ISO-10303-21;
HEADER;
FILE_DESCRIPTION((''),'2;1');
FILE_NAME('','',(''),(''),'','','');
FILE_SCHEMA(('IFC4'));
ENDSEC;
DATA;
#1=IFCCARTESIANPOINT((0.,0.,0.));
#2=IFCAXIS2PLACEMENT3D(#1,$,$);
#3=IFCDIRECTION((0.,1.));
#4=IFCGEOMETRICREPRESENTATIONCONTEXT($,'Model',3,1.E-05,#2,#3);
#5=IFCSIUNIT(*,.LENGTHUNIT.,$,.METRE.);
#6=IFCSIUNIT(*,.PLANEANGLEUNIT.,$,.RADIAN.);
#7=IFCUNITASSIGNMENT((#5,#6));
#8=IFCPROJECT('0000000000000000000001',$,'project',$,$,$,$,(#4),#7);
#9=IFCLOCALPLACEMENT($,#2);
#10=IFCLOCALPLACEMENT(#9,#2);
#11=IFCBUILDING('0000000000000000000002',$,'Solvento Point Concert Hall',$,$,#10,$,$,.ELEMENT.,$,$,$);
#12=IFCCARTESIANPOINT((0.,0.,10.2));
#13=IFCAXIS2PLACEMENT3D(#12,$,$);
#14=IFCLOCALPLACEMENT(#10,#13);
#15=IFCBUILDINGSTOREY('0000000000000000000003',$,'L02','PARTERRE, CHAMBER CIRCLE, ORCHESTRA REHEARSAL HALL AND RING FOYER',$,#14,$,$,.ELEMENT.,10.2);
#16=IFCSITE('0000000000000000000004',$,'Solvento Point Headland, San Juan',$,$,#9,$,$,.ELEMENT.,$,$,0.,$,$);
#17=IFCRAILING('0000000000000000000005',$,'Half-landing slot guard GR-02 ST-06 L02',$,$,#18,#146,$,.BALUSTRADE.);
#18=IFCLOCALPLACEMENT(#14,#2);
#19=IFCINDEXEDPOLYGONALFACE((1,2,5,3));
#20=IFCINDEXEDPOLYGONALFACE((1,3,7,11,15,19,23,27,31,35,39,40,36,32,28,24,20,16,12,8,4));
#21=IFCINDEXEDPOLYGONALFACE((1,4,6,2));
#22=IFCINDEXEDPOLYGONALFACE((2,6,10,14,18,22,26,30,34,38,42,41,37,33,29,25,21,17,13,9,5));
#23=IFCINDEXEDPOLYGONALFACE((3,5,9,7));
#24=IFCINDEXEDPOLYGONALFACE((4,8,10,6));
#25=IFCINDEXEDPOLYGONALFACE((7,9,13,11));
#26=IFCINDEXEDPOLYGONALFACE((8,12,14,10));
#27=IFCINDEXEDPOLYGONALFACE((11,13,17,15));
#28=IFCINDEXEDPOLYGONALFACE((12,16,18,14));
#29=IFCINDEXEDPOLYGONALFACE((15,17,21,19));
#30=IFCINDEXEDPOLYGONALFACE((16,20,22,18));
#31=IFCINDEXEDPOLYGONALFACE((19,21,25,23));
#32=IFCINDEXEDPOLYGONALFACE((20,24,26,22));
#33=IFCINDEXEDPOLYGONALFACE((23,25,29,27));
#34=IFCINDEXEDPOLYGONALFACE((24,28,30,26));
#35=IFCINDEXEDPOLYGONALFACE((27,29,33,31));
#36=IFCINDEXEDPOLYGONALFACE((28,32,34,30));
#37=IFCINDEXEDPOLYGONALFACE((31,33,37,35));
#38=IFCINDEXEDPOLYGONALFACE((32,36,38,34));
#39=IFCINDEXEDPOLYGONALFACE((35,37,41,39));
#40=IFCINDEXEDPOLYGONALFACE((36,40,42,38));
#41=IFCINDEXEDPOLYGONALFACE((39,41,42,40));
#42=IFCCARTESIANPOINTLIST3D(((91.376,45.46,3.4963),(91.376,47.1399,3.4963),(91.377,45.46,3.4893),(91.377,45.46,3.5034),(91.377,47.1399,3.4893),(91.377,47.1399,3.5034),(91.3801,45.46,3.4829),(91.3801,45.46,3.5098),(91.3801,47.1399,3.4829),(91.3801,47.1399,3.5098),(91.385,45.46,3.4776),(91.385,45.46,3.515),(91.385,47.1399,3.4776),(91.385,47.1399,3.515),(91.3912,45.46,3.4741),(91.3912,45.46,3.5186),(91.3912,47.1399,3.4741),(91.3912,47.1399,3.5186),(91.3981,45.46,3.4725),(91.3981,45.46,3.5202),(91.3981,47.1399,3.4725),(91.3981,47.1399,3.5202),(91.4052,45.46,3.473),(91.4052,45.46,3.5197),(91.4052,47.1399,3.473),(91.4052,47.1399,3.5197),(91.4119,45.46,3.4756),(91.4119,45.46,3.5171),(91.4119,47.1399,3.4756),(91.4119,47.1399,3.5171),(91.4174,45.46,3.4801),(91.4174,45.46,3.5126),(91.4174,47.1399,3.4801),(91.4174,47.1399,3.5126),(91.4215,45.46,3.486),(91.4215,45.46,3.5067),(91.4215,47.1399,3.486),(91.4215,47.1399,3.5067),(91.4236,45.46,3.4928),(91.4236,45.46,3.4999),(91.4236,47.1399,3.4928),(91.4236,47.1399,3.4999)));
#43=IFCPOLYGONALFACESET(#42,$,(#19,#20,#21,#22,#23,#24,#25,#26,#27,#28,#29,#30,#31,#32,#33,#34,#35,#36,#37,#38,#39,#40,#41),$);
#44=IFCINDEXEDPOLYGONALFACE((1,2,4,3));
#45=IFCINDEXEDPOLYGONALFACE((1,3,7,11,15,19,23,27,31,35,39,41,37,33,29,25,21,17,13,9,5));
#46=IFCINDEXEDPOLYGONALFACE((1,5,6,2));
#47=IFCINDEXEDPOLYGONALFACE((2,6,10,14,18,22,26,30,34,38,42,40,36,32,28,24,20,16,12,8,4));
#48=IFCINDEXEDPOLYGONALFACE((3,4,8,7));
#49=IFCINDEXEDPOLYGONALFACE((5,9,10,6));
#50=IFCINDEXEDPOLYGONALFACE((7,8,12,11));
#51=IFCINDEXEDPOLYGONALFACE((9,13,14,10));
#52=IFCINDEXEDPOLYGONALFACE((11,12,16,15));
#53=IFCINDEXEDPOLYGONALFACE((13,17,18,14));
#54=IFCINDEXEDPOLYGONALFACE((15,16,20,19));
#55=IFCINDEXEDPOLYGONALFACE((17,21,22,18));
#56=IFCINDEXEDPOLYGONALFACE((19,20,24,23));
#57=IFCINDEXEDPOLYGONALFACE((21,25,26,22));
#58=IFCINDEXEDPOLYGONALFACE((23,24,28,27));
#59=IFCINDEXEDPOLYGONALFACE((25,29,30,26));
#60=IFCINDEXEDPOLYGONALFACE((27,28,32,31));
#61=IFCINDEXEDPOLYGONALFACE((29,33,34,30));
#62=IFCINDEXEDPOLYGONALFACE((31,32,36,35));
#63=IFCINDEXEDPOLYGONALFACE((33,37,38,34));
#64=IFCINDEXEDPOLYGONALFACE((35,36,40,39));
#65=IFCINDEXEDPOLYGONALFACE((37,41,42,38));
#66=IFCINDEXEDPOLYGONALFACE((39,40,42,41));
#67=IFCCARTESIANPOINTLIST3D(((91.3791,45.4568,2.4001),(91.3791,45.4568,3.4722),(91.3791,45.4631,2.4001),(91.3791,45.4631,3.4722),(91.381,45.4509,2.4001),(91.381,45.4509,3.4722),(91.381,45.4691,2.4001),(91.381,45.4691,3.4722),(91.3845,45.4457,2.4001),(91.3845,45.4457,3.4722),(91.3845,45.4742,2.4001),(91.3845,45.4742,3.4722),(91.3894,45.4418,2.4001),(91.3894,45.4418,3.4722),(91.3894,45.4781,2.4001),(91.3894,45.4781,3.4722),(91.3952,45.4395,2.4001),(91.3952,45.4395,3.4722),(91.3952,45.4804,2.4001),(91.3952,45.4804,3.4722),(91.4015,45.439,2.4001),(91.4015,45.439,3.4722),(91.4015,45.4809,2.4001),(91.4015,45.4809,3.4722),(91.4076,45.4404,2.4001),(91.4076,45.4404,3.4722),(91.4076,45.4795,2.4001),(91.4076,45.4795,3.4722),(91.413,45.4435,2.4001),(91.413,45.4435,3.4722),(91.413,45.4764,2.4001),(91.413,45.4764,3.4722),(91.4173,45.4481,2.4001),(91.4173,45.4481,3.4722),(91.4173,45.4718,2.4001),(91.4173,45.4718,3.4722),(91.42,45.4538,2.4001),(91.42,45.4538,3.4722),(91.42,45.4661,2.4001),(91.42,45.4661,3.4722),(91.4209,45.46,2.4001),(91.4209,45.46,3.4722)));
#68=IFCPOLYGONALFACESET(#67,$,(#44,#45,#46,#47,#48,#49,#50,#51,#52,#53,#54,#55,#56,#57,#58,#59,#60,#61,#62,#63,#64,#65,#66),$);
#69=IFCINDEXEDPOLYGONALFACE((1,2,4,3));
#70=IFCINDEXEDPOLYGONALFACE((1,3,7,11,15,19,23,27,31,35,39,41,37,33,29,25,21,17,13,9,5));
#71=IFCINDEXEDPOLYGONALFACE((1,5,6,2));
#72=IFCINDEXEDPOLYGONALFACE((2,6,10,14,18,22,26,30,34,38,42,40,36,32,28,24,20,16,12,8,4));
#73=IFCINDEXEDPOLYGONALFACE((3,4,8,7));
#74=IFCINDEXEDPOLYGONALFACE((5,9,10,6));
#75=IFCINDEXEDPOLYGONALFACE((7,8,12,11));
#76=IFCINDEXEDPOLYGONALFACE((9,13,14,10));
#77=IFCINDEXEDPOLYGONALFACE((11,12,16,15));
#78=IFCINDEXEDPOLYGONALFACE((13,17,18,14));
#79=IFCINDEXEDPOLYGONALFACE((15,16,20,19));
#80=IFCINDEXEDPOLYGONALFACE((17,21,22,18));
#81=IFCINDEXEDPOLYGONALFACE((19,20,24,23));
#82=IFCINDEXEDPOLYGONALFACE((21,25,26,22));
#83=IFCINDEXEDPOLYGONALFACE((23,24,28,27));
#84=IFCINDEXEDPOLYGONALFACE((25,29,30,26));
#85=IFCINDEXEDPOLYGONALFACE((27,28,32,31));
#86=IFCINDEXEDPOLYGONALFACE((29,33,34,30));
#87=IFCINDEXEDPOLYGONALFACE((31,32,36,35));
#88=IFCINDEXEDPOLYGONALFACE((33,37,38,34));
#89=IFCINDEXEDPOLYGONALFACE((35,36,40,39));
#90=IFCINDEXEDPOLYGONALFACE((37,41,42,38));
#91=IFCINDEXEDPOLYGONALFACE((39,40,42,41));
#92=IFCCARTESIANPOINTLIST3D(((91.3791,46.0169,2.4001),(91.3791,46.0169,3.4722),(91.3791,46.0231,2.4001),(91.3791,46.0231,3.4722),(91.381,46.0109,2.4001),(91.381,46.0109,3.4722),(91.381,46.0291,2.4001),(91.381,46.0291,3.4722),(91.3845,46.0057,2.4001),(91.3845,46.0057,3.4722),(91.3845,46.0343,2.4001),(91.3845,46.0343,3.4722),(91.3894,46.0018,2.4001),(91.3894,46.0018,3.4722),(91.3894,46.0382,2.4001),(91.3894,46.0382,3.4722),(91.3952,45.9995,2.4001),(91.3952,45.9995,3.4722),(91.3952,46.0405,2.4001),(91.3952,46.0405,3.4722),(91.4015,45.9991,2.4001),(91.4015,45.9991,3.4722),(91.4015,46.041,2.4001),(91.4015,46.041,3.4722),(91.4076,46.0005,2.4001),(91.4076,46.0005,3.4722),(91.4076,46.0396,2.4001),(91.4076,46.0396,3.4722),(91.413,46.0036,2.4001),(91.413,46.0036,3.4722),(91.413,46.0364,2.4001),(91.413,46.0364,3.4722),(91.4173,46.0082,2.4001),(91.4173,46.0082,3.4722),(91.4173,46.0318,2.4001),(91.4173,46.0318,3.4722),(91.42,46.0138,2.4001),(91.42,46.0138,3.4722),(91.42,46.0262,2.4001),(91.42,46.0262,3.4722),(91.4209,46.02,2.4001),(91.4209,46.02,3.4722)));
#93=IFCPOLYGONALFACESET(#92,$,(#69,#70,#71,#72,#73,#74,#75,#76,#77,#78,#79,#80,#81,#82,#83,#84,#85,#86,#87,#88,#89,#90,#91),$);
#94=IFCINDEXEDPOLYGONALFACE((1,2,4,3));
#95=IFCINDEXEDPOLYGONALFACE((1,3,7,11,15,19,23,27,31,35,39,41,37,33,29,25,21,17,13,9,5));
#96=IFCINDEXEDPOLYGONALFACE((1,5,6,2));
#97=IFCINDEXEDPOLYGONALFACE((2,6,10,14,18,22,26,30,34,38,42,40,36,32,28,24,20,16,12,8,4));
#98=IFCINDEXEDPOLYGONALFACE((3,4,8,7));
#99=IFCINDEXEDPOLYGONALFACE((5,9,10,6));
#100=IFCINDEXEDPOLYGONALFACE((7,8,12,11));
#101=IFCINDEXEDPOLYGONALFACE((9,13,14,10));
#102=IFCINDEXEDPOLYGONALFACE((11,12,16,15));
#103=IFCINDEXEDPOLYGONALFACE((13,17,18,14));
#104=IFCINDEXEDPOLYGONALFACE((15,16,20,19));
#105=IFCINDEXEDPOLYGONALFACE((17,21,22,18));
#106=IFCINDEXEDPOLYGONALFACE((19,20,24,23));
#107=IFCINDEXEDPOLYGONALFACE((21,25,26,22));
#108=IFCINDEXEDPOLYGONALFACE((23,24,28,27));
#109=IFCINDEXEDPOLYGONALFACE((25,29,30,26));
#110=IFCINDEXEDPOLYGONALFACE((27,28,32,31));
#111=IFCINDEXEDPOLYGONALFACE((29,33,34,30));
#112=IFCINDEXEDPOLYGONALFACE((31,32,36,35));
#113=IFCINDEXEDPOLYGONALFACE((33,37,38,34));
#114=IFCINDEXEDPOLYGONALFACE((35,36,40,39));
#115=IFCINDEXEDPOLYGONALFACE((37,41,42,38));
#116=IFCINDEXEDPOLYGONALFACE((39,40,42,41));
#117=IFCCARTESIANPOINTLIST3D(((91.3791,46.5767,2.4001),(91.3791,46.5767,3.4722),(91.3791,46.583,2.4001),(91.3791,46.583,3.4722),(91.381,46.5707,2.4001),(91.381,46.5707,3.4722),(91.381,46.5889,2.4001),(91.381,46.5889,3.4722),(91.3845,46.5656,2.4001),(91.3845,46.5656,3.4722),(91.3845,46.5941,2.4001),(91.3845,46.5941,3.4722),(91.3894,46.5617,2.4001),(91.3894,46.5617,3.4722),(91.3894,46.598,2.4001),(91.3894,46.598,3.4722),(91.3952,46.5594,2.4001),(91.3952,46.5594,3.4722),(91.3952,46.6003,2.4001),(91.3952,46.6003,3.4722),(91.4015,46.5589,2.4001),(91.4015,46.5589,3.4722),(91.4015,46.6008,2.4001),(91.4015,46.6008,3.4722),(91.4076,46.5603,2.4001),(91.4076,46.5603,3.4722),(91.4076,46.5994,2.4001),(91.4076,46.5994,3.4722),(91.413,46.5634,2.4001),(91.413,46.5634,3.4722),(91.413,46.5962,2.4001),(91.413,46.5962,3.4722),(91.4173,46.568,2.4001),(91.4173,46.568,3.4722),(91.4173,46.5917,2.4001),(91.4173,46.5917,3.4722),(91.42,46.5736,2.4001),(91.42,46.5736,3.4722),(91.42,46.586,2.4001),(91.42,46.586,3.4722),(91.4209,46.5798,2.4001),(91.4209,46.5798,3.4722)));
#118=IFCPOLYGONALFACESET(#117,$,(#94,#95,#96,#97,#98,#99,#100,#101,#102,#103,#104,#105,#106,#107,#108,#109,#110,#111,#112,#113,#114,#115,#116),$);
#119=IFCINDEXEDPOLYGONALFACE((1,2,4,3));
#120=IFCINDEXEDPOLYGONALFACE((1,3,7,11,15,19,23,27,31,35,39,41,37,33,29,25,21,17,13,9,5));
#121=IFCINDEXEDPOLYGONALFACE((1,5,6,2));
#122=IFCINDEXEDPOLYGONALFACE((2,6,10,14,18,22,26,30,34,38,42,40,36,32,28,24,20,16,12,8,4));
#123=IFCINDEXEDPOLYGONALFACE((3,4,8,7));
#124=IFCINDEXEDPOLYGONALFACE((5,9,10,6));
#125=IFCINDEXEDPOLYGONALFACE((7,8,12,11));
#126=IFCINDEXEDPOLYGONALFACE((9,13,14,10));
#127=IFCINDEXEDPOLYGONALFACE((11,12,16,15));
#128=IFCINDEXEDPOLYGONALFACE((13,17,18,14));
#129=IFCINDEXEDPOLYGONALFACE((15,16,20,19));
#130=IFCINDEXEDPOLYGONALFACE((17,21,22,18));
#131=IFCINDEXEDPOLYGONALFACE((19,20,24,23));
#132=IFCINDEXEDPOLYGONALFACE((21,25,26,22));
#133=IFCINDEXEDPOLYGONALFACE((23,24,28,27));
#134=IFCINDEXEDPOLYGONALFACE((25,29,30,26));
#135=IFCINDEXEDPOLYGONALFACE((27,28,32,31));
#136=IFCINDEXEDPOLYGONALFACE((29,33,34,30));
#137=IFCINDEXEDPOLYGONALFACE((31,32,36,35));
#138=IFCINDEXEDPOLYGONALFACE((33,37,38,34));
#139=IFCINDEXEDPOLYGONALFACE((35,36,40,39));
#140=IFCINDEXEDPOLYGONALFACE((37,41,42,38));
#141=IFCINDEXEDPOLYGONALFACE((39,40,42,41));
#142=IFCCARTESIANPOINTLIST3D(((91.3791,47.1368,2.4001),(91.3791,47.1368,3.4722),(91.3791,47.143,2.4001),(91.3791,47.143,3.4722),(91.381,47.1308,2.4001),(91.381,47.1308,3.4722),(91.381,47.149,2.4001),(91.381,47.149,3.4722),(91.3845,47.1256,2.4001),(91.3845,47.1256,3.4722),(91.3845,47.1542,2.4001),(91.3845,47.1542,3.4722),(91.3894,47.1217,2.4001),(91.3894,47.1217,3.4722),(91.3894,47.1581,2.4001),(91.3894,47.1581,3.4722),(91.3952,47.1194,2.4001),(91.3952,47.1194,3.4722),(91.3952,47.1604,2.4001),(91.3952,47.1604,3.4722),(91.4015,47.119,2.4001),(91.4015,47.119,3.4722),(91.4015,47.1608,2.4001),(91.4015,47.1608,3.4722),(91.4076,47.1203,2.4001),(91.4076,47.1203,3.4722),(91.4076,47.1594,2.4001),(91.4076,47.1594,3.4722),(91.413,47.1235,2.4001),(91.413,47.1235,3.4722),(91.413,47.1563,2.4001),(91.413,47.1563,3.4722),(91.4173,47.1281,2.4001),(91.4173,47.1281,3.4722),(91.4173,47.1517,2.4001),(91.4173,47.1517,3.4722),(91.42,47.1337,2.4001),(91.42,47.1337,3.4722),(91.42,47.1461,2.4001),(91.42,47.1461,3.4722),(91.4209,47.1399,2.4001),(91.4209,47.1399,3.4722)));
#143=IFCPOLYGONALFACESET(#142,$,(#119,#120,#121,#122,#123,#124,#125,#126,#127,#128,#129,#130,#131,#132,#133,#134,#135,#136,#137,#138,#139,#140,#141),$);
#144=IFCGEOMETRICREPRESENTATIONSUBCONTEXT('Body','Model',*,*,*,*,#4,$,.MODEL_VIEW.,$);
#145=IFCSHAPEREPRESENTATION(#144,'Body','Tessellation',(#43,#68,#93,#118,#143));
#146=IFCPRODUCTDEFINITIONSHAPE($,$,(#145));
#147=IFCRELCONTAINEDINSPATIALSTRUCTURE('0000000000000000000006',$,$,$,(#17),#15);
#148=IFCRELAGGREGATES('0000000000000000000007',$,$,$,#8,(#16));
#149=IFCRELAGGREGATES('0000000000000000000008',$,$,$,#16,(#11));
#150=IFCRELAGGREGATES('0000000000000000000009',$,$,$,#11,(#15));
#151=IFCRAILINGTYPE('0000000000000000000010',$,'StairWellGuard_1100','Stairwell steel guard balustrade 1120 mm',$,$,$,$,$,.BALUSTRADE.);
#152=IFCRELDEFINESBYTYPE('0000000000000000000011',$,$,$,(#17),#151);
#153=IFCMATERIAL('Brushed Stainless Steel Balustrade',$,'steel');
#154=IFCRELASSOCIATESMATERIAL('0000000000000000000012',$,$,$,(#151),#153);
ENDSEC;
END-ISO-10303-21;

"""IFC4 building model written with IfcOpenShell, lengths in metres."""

from ifc_helpers import new_model, si_unit, direction, frame, origin, origin_2d, place, context, subcontext, project, spatial, circle, extrude, material, type_object, element, save


model = new_model("IFC4")

# Units and contexts
model_context = context("Model", 3, precision=1e-05, world=origin(), true_north=direction((0.0, 1.0)))
body_context = subcontext(model_context, "Body", "Model", "MODEL_VIEW")
ifc_project = project(units=[si_unit("LENGTHUNIT", "METRE"), si_unit("PLANEANGLEUNIT", "RADIAN")], contexts=[model_context])

# Site, building, storey
site_placement = place(None, origin())
site = spatial("IfcSite", under=ifc_project, at=site_placement, Name="Solvento Point Headland, San Juan", CompositionType="ELEMENT", RefElevation=0.0)
building_placement = place(site_placement, origin())
building = spatial("IfcBuilding", under=site, at=building_placement, Name="Solvento Point Concert Hall", CompositionType="ELEMENT")
storey_placement = place(building_placement, frame((0.0, 0.0, 10.2)))
storey = spatial("IfcBuildingStorey", under=building, at=storey_placement, Name="L02", Description="PARTERRE, CHAMBER CIRCLE, ORCHESTRA REHEARSAL HALL AND RING FOYER", CompositionType="ELEMENT", Elevation=10.2)

# Railing
ifc_material_1 = material(Name="Brushed Stainless Steel Balustrade", Category="steel")
railing_type_1 = type_object("IfcRailingType", Name="StairWellGuard_1100", Description="Stairwell steel guard balustrade 1120 mm", PredefinedType="BALUSTRADE", material=ifc_material_1)
railing_1_placement = place(storey_placement, frame((91.3999, 45.46, 2.4001)))
element("IfcRailing", 1, at=railing_1_placement, inside=storey, type_object=railing_type_1, Name="Half-landing slot guard GR-02 ST-06 L02", PredefinedType="BALUSTRADE", context=body_context, shape_type="SweptSolid", body=[
    extrude(circle(Radius=0.0239, at=origin_2d()), frame((0.0, 0.0, 1.0962), z_axis=(0.0, 1.0, 0.0), x_axis=(-1.0, 0.0, 0.0)), (0.0, 0.0, 1.0), 1.6799),
    extrude(circle(Radius=0.021, at=origin_2d()), origin(), (0.0, 0.0, 1.0), 1.072),
    extrude(circle(Radius=0.021, at=origin_2d()), frame((0.0, 0.5601, 0.0)), (0.0, 0.0, 1.0), 1.072),
    extrude(circle(Radius=0.021, at=origin_2d()), frame((0.0, 1.1199, 0.0)), (0.0, 0.0, 1.0), 1.072),
    extrude(circle(Radius=0.021, at=origin_2d()), frame((0.0, 1.6799, 0.0)), (0.0, 0.0, 1.0), 1.072),
])

save(model, "model.ifc")
